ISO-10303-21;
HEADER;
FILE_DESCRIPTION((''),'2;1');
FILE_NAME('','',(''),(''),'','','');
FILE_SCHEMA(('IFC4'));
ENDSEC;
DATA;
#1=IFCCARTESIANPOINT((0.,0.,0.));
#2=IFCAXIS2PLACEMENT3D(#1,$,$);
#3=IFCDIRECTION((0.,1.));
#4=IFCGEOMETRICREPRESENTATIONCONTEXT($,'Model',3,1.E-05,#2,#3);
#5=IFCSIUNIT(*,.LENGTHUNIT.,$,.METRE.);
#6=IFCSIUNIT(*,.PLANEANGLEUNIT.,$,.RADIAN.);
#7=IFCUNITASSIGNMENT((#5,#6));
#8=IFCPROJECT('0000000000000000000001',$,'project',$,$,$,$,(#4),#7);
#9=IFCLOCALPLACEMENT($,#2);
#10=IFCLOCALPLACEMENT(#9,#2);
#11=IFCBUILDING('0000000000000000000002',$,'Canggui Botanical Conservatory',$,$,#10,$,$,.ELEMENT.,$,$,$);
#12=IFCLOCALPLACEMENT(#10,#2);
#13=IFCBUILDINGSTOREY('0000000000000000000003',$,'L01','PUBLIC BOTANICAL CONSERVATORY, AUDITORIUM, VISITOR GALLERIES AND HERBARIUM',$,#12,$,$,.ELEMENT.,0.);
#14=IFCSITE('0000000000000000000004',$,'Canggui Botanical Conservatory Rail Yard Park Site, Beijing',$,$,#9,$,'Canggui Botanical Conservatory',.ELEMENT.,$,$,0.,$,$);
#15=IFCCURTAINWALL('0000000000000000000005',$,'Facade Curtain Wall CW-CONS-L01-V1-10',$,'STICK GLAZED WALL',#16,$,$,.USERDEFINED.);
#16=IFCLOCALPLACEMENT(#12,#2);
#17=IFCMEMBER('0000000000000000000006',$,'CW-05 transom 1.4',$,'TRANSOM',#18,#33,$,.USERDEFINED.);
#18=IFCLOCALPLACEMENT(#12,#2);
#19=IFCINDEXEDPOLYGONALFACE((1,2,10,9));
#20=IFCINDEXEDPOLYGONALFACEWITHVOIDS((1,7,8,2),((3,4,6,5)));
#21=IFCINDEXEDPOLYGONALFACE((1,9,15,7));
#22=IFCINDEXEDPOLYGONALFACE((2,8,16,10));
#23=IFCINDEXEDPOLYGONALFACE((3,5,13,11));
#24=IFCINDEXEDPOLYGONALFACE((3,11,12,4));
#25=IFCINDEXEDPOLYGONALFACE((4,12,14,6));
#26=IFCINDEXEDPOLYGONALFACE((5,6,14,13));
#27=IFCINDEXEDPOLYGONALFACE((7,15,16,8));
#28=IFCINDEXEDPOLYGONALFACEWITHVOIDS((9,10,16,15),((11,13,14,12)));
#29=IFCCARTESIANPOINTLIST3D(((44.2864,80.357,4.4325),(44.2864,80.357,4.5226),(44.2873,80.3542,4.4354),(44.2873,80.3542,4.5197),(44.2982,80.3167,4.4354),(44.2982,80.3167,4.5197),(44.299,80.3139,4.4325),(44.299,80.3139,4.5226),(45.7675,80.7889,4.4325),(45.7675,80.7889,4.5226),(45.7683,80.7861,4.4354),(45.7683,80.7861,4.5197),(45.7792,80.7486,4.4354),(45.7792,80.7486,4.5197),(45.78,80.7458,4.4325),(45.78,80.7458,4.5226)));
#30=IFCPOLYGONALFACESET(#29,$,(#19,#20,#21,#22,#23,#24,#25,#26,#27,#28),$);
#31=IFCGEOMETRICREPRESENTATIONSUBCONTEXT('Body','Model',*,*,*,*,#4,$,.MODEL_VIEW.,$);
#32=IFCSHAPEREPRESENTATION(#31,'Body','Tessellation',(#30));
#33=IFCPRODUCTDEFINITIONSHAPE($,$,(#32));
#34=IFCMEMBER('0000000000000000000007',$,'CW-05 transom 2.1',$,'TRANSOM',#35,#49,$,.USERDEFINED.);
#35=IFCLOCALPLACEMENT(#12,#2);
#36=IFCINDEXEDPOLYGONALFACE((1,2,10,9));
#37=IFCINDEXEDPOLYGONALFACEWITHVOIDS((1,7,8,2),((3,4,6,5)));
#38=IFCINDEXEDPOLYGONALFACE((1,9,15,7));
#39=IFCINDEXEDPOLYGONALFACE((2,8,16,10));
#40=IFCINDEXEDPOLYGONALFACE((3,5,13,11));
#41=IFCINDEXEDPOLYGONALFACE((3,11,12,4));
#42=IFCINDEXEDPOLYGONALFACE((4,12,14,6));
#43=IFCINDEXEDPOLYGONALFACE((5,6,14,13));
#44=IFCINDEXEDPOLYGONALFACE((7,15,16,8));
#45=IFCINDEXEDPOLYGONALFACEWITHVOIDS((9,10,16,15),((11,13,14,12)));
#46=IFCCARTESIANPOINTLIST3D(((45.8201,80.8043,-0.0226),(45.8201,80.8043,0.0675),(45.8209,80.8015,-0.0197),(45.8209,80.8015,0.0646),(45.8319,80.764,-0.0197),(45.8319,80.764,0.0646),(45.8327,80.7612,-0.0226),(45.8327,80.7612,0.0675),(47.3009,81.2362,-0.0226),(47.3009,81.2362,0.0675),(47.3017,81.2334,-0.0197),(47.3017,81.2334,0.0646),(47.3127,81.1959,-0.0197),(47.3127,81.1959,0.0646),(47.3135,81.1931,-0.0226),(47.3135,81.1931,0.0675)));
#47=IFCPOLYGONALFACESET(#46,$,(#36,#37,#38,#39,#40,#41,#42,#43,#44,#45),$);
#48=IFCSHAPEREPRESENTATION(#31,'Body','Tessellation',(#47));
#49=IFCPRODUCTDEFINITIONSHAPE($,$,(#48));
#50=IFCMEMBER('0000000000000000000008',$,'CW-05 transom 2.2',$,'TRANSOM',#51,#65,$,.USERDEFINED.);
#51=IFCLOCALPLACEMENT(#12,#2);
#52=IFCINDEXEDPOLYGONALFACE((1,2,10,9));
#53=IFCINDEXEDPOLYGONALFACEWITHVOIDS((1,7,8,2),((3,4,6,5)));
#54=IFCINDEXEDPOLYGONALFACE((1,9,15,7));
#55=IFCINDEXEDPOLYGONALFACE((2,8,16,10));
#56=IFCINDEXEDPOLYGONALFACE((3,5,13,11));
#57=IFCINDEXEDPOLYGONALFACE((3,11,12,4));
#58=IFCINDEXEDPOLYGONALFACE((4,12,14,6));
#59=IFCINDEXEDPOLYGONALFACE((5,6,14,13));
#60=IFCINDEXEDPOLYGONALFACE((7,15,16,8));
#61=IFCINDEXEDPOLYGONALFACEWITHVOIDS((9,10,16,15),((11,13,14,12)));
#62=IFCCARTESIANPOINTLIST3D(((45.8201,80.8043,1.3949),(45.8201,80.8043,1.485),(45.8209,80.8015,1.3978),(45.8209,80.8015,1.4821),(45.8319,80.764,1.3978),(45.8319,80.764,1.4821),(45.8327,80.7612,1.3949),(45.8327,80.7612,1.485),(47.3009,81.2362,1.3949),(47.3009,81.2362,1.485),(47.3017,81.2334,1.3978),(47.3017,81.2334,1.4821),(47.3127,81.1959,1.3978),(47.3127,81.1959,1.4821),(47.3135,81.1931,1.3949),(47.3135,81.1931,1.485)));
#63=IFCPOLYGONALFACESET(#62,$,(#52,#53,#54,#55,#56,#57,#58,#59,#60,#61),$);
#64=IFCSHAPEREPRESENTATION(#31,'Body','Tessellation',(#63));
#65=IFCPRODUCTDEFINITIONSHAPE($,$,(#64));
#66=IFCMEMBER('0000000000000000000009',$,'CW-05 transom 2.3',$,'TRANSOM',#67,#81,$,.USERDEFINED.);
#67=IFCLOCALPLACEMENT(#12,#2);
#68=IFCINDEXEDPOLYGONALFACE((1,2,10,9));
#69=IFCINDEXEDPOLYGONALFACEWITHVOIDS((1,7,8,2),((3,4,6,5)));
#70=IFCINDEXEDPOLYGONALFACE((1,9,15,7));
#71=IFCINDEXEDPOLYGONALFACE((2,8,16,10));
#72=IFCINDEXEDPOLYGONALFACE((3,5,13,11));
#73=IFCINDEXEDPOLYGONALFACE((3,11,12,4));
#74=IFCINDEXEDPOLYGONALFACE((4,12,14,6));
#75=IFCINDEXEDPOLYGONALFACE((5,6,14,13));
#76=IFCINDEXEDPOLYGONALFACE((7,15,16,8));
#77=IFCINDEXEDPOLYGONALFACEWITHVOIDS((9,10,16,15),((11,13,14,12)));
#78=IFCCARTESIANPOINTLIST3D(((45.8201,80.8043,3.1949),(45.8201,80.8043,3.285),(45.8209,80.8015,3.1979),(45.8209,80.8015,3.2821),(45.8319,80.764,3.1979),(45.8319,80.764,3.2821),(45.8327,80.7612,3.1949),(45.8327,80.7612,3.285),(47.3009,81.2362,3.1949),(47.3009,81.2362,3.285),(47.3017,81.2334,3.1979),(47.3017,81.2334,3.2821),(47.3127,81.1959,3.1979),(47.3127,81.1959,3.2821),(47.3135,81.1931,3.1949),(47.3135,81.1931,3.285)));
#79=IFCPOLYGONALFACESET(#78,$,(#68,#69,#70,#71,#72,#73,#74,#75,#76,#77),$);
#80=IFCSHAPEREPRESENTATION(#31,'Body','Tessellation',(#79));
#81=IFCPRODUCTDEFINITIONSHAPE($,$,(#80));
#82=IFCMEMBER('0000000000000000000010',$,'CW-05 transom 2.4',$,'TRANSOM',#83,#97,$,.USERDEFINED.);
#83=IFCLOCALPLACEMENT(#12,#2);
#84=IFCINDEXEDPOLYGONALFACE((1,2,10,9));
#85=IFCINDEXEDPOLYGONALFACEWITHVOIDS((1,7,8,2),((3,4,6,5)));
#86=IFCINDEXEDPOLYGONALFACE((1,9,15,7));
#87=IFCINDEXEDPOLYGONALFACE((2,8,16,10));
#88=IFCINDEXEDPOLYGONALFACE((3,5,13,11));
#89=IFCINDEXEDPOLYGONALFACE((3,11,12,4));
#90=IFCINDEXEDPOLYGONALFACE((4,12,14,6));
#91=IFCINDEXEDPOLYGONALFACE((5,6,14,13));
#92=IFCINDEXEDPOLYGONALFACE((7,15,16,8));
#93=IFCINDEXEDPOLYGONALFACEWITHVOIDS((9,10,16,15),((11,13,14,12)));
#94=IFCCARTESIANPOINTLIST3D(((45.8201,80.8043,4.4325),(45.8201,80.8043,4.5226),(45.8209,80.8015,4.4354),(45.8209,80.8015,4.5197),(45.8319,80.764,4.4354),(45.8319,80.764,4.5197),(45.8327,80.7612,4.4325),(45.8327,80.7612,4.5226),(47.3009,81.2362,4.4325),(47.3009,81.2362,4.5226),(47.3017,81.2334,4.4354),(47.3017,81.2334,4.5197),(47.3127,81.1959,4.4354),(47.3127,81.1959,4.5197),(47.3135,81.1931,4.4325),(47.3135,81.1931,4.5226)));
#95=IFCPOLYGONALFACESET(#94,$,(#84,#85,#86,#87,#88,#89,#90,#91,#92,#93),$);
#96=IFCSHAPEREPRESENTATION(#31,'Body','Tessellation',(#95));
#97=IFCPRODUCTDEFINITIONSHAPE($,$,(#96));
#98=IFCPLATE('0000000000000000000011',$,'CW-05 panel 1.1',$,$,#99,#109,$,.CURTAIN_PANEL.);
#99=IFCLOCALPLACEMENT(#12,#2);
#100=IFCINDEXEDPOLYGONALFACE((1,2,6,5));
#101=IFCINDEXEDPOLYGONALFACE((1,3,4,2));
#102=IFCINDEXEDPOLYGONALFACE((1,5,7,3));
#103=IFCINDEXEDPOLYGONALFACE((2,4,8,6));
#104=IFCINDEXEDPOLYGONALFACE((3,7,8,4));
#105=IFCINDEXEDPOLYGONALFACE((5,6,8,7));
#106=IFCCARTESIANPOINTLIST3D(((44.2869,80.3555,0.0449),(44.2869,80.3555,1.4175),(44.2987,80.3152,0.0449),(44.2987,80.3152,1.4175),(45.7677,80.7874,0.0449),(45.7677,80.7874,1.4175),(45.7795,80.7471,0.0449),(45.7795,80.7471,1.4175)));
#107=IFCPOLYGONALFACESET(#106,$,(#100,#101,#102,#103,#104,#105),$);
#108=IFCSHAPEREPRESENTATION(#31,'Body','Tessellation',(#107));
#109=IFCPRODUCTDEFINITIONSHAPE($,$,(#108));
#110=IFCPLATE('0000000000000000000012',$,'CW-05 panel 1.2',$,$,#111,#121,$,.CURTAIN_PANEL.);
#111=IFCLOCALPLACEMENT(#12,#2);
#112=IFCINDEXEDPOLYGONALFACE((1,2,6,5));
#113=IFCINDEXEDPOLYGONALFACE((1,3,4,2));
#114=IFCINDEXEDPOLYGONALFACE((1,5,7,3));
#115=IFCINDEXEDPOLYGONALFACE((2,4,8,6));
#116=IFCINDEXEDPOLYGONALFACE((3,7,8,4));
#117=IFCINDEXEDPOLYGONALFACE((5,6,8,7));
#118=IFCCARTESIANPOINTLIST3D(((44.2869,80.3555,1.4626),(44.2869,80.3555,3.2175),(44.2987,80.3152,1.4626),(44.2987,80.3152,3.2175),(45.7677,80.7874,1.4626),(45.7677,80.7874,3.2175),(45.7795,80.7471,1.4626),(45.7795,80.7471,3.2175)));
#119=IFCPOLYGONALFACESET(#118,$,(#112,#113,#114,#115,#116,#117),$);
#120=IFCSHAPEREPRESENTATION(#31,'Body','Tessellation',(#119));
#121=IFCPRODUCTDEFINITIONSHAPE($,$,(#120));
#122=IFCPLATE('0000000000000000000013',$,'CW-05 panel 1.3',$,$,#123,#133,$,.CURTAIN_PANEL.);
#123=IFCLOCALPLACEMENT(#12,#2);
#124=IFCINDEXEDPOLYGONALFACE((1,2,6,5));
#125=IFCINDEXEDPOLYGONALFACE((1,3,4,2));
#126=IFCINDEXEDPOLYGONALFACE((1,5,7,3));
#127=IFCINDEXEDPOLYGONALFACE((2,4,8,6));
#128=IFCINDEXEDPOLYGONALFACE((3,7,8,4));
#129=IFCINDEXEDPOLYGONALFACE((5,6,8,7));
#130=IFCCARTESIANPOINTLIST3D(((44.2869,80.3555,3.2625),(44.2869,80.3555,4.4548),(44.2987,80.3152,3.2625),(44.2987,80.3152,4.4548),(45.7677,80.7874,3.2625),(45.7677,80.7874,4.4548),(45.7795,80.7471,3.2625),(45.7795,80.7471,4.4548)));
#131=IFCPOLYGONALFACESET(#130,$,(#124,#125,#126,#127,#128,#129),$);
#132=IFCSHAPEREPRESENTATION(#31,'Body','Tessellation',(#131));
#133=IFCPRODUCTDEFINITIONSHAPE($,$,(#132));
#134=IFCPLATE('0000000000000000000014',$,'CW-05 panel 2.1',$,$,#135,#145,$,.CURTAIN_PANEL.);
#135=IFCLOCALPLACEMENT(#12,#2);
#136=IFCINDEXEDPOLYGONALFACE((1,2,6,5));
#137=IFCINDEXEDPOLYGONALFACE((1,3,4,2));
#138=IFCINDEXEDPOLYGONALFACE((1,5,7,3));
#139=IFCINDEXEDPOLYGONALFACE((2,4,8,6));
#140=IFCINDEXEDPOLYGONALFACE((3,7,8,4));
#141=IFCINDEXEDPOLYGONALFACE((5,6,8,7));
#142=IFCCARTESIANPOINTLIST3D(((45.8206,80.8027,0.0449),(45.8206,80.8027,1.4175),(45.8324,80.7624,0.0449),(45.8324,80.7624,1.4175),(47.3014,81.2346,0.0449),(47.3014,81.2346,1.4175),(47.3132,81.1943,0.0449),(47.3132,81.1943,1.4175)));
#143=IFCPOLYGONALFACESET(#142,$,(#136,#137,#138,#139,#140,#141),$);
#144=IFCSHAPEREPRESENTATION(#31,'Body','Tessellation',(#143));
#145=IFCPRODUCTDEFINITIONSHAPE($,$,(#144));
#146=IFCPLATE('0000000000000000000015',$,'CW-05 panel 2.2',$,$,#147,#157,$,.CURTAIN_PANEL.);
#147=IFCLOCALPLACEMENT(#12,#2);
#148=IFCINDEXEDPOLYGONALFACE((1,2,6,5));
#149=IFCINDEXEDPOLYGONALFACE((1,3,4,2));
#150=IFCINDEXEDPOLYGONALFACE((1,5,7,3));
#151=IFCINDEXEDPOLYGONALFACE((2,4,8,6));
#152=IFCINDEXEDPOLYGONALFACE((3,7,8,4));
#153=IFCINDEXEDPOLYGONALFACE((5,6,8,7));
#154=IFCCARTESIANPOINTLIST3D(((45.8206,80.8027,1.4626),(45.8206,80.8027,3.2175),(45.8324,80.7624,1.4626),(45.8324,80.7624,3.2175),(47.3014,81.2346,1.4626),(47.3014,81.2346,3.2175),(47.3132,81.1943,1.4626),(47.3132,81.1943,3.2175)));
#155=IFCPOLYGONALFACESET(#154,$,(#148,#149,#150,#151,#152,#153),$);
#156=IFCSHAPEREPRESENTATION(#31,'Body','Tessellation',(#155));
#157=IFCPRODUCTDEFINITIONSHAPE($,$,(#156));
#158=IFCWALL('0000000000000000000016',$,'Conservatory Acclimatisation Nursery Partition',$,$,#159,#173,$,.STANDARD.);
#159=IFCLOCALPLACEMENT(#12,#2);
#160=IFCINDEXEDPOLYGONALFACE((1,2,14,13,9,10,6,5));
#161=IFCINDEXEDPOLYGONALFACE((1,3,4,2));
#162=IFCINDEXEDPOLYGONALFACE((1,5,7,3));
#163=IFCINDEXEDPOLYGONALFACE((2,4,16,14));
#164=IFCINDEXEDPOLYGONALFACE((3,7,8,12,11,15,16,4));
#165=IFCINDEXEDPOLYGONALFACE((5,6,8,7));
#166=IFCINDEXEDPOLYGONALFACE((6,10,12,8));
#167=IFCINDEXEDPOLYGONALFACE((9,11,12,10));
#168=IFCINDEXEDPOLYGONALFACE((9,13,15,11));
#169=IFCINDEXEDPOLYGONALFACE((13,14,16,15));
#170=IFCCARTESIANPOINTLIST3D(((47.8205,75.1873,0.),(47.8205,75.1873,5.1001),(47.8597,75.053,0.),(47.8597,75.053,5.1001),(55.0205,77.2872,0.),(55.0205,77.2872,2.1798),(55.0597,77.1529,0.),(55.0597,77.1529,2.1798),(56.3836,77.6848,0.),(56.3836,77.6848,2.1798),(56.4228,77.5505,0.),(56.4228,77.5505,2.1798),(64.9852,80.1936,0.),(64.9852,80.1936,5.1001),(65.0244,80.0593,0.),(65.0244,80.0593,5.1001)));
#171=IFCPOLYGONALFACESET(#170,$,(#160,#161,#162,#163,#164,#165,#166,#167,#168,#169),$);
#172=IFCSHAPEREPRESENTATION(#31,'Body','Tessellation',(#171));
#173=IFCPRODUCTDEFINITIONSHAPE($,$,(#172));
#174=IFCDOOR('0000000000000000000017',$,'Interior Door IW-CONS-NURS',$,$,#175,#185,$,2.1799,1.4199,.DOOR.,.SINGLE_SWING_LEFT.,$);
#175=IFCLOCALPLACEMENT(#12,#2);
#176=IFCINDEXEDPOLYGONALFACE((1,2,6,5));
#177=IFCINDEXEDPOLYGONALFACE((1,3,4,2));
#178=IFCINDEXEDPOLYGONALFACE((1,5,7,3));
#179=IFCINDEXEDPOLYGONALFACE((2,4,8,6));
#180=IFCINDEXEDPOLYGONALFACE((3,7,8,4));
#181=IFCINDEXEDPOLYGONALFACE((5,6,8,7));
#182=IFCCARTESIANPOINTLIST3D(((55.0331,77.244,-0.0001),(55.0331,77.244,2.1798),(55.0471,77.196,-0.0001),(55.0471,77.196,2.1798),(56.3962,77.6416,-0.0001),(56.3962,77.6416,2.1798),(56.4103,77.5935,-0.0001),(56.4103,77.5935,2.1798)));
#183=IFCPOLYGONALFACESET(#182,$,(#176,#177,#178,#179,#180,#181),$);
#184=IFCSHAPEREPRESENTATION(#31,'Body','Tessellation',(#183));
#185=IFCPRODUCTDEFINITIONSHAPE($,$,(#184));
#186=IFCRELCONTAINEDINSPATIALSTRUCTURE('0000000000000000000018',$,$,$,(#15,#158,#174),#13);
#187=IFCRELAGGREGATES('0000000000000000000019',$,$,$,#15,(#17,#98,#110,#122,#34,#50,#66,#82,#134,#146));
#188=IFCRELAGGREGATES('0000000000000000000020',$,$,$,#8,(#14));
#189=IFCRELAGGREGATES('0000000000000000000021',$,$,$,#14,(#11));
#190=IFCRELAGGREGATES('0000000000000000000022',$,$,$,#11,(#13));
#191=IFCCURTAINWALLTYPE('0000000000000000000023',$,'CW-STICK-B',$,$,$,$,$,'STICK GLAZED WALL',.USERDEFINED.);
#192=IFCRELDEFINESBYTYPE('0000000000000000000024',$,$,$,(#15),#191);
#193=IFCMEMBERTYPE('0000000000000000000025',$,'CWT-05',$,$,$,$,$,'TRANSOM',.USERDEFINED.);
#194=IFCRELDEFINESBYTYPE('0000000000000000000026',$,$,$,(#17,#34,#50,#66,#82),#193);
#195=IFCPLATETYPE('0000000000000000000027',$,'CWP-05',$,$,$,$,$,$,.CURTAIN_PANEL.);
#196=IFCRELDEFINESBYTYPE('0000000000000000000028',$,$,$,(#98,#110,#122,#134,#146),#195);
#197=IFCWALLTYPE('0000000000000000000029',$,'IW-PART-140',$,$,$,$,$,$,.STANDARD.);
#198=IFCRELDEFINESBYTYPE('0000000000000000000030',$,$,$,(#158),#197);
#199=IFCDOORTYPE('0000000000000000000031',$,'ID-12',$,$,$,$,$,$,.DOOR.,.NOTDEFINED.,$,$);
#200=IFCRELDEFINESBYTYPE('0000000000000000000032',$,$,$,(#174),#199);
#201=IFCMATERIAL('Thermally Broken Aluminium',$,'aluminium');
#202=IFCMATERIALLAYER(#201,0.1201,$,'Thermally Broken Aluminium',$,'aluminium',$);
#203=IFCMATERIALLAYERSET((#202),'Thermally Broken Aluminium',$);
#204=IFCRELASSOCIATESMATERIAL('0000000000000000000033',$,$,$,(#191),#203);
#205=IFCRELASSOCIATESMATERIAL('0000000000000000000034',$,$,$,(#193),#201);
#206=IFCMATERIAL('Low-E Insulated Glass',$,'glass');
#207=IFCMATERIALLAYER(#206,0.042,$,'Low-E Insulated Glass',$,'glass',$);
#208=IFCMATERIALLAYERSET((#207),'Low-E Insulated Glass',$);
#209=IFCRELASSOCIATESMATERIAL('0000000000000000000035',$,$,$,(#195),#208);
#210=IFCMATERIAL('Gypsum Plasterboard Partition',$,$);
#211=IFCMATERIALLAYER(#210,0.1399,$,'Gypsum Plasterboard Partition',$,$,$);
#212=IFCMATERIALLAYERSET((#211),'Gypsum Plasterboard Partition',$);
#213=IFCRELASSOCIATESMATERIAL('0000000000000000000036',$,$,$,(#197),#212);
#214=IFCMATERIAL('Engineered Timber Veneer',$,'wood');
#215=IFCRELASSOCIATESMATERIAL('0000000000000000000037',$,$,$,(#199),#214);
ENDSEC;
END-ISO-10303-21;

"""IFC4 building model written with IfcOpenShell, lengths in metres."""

from ifc_helpers import new_model, si_unit, direction, frame, frame_2d, origin, origin_2d, place, context, subcontext, project, spatial, rectangle, hollow_rectangle, extrude, material, layer, layer_set, material_profile, profile_set, type_object, element, fill, aggregate, save


model = new_model("IFC4")

# Units and contexts
model_context = context("Model", 3, precision=1e-05, world=origin(), true_north=direction((0.0, 1.0)))
body_context = subcontext(model_context, "Body", "Model", "MODEL_VIEW")
ifc_project = project(units=[si_unit("LENGTHUNIT", "METRE"), si_unit("PLANEANGLEUNIT", "RADIAN")], contexts=[model_context])

# Site, building, storey
site_placement = place(None, origin())
site = spatial("IfcSite", under=ifc_project, at=site_placement, Name="Canggui Botanical Conservatory Rail Yard Park Site, Beijing", LongName="Canggui Botanical Conservatory", CompositionType="ELEMENT", RefElevation=0.0)
building_placement = place(site_placement, origin())
building = spatial("IfcBuilding", under=site, at=building_placement, Name="Canggui Botanical Conservatory", CompositionType="ELEMENT")
storey_placement = place(building_placement, origin())
storey = spatial("IfcBuildingStorey", under=building, at=storey_placement, Name="L01", Description="PUBLIC BOTANICAL CONSERVATORY, AUDITORIUM, VISITOR GALLERIES AND HERBARIUM", CompositionType="ELEMENT", Elevation=0.0)

# Curtain wall, members, plates
ifc_material_1 = material(Name="Thermally Broken Aluminium", Category="aluminium")
ifc_layer_1 = layer(ifc_material_1, 0.1201, Name="Thermally Broken Aluminium", Category="aluminium")
ifc_layer_set_1 = layer_set([ifc_layer_1], Name="Thermally Broken Aluminium")
curtain_wall_type = type_object("IfcCurtainWallType", Name="CW-STICK-B", ElementType="STICK GLAZED WALL", PredefinedType="USERDEFINED", material=ifc_layer_set_1)
curtain_wall_placement = place(storey_placement, origin())
curtain_wall = element("IfcCurtainWall", 1, at=curtain_wall_placement, inside=storey, type_object=curtain_wall_type, Name="Facade Curtain Wall CW-CONS-L01-V1-10", ObjectType="STICK GLAZED WALL", PredefinedType="USERDEFINED")
ifc_material_profile_1 = material_profile(ifc_material_1, hollow_rectangle(XDim=0.0449, YDim=0.0901, WallThickness=0.0029, at=origin_2d()), Name="CWT 45x90x3")
ifc_profile_set_1 = profile_set([ifc_material_profile_1], Name="Thermally Broken Aluminium")
member_type_1 = type_object("IfcMemberType", Name="CWT-05", ElementType="TRANSOM", PredefinedType="USERDEFINED", material=ifc_profile_set_1)
member_1_placement = place(storey_placement, frame((44.2927, 80.3354, 4.4775), z_axis=(0.960011, 0.279964, 0.0), x_axis=(-0.279964, 0.960011, 0.0)))
member_1 = element("IfcMember", 2, at=member_1_placement, type_object=member_type_1, Name="CW-05 transom 1.4", ObjectType="TRANSOM", PredefinedType="USERDEFINED", context=body_context, shape_type="SweptSolid", body=[
    extrude(hollow_rectangle(XDim=0.0449, YDim=0.0901, WallThickness=0.0029, at=origin_2d()), origin(), (0.0, 0.0, 1.0), 1.5427),
])
member_2_placement = place(storey_placement, frame((45.8264, 80.7827, 0.0225), z_axis=(0.959998, 0.280006, 0.0), x_axis=(-0.280006, 0.959998, 0.0)))
member_2 = element("IfcMember", 3, at=member_2_placement, type_object=member_type_1, Name="CW-05 transom 2.1", ObjectType="TRANSOM", PredefinedType="USERDEFINED", context=body_context, shape_type="SweptSolid", body=[
    extrude(hollow_rectangle(XDim=0.0449, YDim=0.0901, WallThickness=0.0029, at=origin_2d()), origin(), (0.0, 0.0, 1.0), 1.5425),
])
member_3_placement = place(storey_placement, frame((45.8264, 80.7827, 1.4399), z_axis=(0.959998, 0.280006, 0.0), x_axis=(-0.280006, 0.959998, 0.0)))
member_3 = element("IfcMember", 4, at=member_3_placement, type_object=member_type_1, Name="CW-05 transom 2.2", ObjectType="TRANSOM", PredefinedType="USERDEFINED", context=body_context, shape_type="SweptSolid", body=[
    extrude(hollow_rectangle(XDim=0.0449, YDim=0.0901, WallThickness=0.0029, at=origin_2d()), origin(), (0.0, 0.0, 1.0), 1.5425),
])
member_4_placement = place(storey_placement, frame((45.8264, 80.7827, 3.24), z_axis=(0.959998, 0.280006, 0.0), x_axis=(-0.280006, 0.959998, 0.0)))
member_4 = element("IfcMember", 5, at=member_4_placement, type_object=member_type_1, Name="CW-05 transom 2.3", ObjectType="TRANSOM", PredefinedType="USERDEFINED", context=body_context, shape_type="SweptSolid", body=[
    extrude(hollow_rectangle(XDim=0.0449, YDim=0.0901, WallThickness=0.0029, at=origin_2d()), origin(), (0.0, 0.0, 1.0), 1.5425),
])
member_5_placement = place(storey_placement, frame((45.8264, 80.7827, 4.4775), z_axis=(0.959998, 0.280006, 0.0), x_axis=(-0.280006, 0.959998, 0.0)))
member_5 = element("IfcMember", 6, at=member_5_placement, type_object=member_type_1, Name="CW-05 transom 2.4", ObjectType="TRANSOM", PredefinedType="USERDEFINED", context=body_context, shape_type="SweptSolid", body=[
    extrude(hollow_rectangle(XDim=0.0449, YDim=0.0901, WallThickness=0.0029, at=origin_2d()), origin(), (0.0, 0.0, 1.0), 1.5425),
])
ifc_material_2 = material(Name="Low-E Insulated Glass", Category="glass")
ifc_layer_2 = layer(ifc_material_2, 0.042, Name="Low-E Insulated Glass", Category="glass")
ifc_layer_set_2 = layer_set([ifc_layer_2], Name="Low-E Insulated Glass")
plate_type = type_object("IfcPlateType", Name="CWP-05", PredefinedType="CURTAIN_PANEL", material=ifc_layer_set_2)
plate_1_placement = place(storey_placement, frame((45.0332, 80.5513, 0.0449), z_axis=(0.0, 0.0, 1.0), x_axis=(0.96, 0.28, 0.0)))
plate_1 = element("IfcPlate", 7, at=plate_1_placement, type_object=plate_type, Name="CW-05 panel 1.1", PredefinedType="CURTAIN_PANEL", context=body_context, shape_type="SweptSolid", body=[
    extrude(rectangle(XDim=1.5425, YDim=0.042, at=origin_2d()), origin(), (0.0, 0.0, 1.0), 1.3726),
])
plate_2_placement = place(storey_placement, frame((45.0332, 80.5513, 1.4626), z_axis=(0.0, 0.0, 1.0), x_axis=(0.96, 0.28, 0.0)))
plate_2 = element("IfcPlate", 8, at=plate_2_placement, type_object=plate_type, Name="CW-05 panel 1.2", PredefinedType="CURTAIN_PANEL", context=body_context, shape_type="SweptSolid", body=[
    extrude(rectangle(XDim=1.5425, YDim=0.042, at=origin_2d()), origin(), (0.0, 0.0, 1.0), 1.7549),
])
plate_3_placement = place(storey_placement, frame((45.0332, 80.5513, 3.2625), z_axis=(0.0, 0.0, 1.0), x_axis=(0.96, 0.28, 0.0)))
plate_3 = element("IfcPlate", 9, at=plate_3_placement, type_object=plate_type, Name="CW-05 panel 1.3", PredefinedType="CURTAIN_PANEL", context=body_context, shape_type="SweptSolid", body=[
    extrude(rectangle(XDim=1.5425, YDim=0.042, at=origin_2d()), origin(), (0.0, 0.0, 1.0), 1.1924),
])
plate_4_placement = place(storey_placement, frame((46.5669, 80.9985, 0.0449), z_axis=(0.0, 0.0, 1.0), x_axis=(0.96, 0.28, 0.0)))
plate_4 = element("IfcPlate", 10, at=plate_4_placement, type_object=plate_type, Name="CW-05 panel 2.1", PredefinedType="CURTAIN_PANEL", context=body_context, shape_type="SweptSolid", body=[
    extrude(rectangle(XDim=1.5425, YDim=0.042, at=origin_2d()), origin(), (0.0, 0.0, 1.0), 1.3726),
])
plate_5_placement = place(storey_placement, frame((46.5669, 80.9985, 1.4626), z_axis=(0.0, 0.0, 1.0), x_axis=(0.96, 0.28, 0.0)))
plate_5 = element("IfcPlate", 11, at=plate_5_placement, type_object=plate_type, Name="CW-05 panel 2.2", PredefinedType="CURTAIN_PANEL", context=body_context, shape_type="SweptSolid", body=[
    extrude(rectangle(XDim=1.5425, YDim=0.042, at=origin_2d()), origin(), (0.0, 0.0, 1.0), 1.7549),
])
aggregate(curtain_wall, [member_1, plate_1, plate_2, plate_3, member_2, member_3, member_4, member_5, plate_4, plate_5])

# Wall, opening, door
ifc_material_3 = material(Name="Gypsum Plasterboard Partition")
ifc_layer_3 = layer(ifc_material_3, 0.1399, Name="Gypsum Plasterboard Partition")
ifc_layer_set_3 = layer_set([ifc_layer_3], Name="Gypsum Plasterboard Partition")
wall_type = type_object("IfcWallType", Name="IW-PART-140", PredefinedType="STANDARD", material=ifc_layer_set_3)
wall_placement = place(storey_placement, frame((47.8401, 75.1201, 0.0), z_axis=(0.0, 0.0, 1.0), x_axis=(0.960001, 0.279997, 0.0)))
wall = element("IfcWall", 12, at=wall_placement, inside=storey, type_object=wall_type, Name="Conservatory Acclimatisation Nursery Partition", PredefinedType="STANDARD", context=body_context, shape_type="SweptSolid", body=[
    extrude(rectangle(XDim=17.8799, YDim=0.1399, at=frame_2d((8.9399, 0.0))), origin(), (0.0, 0.0, 1.0), 5.1001),
])
opening_placement = place(wall_placement, frame((7.5, 0.0, 0.0)))
opening = element("IfcOpeningElement", 13, at=opening_placement, cuts=wall, PredefinedType="OPENING", context=body_context, shape_type="SweptSolid", body=[
    extrude(rectangle(XDim=1.4199, YDim=2.1799, at=frame_2d((0.71, 1.0898))), frame((0.0, 0.0801, 0.0), z_axis=(0.0, -1.0, 0.0), x_axis=(1.0, 0.0, 0.0)), (0.0, 0.0, 1.0), 0.1599),
])
ifc_material_4 = material(Name="Engineered Timber Veneer", Category="wood")
door_type = type_object("IfcDoorType", Name="ID-12", OperationType="NOTDEFINED", PredefinedType="DOOR", material=ifc_material_4)
door_placement = place(opening_placement, origin())
door = element("IfcDoor", 14, at=door_placement, inside=storey, type_object=door_type, Name="Interior Door IW-CONS-NURS", OperationType="SINGLE_SWING_LEFT", OverallHeight=2.1799, OverallWidth=1.4199, PredefinedType="DOOR", context=body_context, shape_type="SweptSolid", body=[
    extrude(rectangle(XDim=1.4199, YDim=2.1799, at=frame_2d((0.71, 1.0898))), frame((0.0, 0.0249, 0.0), z_axis=(0.0, -1.0, 0.0), x_axis=(1.0, 0.0, 0.0)), (0.0, 0.0, 1.0), 0.05),
])
fill(opening, door)

save(model, "model.ifc")
